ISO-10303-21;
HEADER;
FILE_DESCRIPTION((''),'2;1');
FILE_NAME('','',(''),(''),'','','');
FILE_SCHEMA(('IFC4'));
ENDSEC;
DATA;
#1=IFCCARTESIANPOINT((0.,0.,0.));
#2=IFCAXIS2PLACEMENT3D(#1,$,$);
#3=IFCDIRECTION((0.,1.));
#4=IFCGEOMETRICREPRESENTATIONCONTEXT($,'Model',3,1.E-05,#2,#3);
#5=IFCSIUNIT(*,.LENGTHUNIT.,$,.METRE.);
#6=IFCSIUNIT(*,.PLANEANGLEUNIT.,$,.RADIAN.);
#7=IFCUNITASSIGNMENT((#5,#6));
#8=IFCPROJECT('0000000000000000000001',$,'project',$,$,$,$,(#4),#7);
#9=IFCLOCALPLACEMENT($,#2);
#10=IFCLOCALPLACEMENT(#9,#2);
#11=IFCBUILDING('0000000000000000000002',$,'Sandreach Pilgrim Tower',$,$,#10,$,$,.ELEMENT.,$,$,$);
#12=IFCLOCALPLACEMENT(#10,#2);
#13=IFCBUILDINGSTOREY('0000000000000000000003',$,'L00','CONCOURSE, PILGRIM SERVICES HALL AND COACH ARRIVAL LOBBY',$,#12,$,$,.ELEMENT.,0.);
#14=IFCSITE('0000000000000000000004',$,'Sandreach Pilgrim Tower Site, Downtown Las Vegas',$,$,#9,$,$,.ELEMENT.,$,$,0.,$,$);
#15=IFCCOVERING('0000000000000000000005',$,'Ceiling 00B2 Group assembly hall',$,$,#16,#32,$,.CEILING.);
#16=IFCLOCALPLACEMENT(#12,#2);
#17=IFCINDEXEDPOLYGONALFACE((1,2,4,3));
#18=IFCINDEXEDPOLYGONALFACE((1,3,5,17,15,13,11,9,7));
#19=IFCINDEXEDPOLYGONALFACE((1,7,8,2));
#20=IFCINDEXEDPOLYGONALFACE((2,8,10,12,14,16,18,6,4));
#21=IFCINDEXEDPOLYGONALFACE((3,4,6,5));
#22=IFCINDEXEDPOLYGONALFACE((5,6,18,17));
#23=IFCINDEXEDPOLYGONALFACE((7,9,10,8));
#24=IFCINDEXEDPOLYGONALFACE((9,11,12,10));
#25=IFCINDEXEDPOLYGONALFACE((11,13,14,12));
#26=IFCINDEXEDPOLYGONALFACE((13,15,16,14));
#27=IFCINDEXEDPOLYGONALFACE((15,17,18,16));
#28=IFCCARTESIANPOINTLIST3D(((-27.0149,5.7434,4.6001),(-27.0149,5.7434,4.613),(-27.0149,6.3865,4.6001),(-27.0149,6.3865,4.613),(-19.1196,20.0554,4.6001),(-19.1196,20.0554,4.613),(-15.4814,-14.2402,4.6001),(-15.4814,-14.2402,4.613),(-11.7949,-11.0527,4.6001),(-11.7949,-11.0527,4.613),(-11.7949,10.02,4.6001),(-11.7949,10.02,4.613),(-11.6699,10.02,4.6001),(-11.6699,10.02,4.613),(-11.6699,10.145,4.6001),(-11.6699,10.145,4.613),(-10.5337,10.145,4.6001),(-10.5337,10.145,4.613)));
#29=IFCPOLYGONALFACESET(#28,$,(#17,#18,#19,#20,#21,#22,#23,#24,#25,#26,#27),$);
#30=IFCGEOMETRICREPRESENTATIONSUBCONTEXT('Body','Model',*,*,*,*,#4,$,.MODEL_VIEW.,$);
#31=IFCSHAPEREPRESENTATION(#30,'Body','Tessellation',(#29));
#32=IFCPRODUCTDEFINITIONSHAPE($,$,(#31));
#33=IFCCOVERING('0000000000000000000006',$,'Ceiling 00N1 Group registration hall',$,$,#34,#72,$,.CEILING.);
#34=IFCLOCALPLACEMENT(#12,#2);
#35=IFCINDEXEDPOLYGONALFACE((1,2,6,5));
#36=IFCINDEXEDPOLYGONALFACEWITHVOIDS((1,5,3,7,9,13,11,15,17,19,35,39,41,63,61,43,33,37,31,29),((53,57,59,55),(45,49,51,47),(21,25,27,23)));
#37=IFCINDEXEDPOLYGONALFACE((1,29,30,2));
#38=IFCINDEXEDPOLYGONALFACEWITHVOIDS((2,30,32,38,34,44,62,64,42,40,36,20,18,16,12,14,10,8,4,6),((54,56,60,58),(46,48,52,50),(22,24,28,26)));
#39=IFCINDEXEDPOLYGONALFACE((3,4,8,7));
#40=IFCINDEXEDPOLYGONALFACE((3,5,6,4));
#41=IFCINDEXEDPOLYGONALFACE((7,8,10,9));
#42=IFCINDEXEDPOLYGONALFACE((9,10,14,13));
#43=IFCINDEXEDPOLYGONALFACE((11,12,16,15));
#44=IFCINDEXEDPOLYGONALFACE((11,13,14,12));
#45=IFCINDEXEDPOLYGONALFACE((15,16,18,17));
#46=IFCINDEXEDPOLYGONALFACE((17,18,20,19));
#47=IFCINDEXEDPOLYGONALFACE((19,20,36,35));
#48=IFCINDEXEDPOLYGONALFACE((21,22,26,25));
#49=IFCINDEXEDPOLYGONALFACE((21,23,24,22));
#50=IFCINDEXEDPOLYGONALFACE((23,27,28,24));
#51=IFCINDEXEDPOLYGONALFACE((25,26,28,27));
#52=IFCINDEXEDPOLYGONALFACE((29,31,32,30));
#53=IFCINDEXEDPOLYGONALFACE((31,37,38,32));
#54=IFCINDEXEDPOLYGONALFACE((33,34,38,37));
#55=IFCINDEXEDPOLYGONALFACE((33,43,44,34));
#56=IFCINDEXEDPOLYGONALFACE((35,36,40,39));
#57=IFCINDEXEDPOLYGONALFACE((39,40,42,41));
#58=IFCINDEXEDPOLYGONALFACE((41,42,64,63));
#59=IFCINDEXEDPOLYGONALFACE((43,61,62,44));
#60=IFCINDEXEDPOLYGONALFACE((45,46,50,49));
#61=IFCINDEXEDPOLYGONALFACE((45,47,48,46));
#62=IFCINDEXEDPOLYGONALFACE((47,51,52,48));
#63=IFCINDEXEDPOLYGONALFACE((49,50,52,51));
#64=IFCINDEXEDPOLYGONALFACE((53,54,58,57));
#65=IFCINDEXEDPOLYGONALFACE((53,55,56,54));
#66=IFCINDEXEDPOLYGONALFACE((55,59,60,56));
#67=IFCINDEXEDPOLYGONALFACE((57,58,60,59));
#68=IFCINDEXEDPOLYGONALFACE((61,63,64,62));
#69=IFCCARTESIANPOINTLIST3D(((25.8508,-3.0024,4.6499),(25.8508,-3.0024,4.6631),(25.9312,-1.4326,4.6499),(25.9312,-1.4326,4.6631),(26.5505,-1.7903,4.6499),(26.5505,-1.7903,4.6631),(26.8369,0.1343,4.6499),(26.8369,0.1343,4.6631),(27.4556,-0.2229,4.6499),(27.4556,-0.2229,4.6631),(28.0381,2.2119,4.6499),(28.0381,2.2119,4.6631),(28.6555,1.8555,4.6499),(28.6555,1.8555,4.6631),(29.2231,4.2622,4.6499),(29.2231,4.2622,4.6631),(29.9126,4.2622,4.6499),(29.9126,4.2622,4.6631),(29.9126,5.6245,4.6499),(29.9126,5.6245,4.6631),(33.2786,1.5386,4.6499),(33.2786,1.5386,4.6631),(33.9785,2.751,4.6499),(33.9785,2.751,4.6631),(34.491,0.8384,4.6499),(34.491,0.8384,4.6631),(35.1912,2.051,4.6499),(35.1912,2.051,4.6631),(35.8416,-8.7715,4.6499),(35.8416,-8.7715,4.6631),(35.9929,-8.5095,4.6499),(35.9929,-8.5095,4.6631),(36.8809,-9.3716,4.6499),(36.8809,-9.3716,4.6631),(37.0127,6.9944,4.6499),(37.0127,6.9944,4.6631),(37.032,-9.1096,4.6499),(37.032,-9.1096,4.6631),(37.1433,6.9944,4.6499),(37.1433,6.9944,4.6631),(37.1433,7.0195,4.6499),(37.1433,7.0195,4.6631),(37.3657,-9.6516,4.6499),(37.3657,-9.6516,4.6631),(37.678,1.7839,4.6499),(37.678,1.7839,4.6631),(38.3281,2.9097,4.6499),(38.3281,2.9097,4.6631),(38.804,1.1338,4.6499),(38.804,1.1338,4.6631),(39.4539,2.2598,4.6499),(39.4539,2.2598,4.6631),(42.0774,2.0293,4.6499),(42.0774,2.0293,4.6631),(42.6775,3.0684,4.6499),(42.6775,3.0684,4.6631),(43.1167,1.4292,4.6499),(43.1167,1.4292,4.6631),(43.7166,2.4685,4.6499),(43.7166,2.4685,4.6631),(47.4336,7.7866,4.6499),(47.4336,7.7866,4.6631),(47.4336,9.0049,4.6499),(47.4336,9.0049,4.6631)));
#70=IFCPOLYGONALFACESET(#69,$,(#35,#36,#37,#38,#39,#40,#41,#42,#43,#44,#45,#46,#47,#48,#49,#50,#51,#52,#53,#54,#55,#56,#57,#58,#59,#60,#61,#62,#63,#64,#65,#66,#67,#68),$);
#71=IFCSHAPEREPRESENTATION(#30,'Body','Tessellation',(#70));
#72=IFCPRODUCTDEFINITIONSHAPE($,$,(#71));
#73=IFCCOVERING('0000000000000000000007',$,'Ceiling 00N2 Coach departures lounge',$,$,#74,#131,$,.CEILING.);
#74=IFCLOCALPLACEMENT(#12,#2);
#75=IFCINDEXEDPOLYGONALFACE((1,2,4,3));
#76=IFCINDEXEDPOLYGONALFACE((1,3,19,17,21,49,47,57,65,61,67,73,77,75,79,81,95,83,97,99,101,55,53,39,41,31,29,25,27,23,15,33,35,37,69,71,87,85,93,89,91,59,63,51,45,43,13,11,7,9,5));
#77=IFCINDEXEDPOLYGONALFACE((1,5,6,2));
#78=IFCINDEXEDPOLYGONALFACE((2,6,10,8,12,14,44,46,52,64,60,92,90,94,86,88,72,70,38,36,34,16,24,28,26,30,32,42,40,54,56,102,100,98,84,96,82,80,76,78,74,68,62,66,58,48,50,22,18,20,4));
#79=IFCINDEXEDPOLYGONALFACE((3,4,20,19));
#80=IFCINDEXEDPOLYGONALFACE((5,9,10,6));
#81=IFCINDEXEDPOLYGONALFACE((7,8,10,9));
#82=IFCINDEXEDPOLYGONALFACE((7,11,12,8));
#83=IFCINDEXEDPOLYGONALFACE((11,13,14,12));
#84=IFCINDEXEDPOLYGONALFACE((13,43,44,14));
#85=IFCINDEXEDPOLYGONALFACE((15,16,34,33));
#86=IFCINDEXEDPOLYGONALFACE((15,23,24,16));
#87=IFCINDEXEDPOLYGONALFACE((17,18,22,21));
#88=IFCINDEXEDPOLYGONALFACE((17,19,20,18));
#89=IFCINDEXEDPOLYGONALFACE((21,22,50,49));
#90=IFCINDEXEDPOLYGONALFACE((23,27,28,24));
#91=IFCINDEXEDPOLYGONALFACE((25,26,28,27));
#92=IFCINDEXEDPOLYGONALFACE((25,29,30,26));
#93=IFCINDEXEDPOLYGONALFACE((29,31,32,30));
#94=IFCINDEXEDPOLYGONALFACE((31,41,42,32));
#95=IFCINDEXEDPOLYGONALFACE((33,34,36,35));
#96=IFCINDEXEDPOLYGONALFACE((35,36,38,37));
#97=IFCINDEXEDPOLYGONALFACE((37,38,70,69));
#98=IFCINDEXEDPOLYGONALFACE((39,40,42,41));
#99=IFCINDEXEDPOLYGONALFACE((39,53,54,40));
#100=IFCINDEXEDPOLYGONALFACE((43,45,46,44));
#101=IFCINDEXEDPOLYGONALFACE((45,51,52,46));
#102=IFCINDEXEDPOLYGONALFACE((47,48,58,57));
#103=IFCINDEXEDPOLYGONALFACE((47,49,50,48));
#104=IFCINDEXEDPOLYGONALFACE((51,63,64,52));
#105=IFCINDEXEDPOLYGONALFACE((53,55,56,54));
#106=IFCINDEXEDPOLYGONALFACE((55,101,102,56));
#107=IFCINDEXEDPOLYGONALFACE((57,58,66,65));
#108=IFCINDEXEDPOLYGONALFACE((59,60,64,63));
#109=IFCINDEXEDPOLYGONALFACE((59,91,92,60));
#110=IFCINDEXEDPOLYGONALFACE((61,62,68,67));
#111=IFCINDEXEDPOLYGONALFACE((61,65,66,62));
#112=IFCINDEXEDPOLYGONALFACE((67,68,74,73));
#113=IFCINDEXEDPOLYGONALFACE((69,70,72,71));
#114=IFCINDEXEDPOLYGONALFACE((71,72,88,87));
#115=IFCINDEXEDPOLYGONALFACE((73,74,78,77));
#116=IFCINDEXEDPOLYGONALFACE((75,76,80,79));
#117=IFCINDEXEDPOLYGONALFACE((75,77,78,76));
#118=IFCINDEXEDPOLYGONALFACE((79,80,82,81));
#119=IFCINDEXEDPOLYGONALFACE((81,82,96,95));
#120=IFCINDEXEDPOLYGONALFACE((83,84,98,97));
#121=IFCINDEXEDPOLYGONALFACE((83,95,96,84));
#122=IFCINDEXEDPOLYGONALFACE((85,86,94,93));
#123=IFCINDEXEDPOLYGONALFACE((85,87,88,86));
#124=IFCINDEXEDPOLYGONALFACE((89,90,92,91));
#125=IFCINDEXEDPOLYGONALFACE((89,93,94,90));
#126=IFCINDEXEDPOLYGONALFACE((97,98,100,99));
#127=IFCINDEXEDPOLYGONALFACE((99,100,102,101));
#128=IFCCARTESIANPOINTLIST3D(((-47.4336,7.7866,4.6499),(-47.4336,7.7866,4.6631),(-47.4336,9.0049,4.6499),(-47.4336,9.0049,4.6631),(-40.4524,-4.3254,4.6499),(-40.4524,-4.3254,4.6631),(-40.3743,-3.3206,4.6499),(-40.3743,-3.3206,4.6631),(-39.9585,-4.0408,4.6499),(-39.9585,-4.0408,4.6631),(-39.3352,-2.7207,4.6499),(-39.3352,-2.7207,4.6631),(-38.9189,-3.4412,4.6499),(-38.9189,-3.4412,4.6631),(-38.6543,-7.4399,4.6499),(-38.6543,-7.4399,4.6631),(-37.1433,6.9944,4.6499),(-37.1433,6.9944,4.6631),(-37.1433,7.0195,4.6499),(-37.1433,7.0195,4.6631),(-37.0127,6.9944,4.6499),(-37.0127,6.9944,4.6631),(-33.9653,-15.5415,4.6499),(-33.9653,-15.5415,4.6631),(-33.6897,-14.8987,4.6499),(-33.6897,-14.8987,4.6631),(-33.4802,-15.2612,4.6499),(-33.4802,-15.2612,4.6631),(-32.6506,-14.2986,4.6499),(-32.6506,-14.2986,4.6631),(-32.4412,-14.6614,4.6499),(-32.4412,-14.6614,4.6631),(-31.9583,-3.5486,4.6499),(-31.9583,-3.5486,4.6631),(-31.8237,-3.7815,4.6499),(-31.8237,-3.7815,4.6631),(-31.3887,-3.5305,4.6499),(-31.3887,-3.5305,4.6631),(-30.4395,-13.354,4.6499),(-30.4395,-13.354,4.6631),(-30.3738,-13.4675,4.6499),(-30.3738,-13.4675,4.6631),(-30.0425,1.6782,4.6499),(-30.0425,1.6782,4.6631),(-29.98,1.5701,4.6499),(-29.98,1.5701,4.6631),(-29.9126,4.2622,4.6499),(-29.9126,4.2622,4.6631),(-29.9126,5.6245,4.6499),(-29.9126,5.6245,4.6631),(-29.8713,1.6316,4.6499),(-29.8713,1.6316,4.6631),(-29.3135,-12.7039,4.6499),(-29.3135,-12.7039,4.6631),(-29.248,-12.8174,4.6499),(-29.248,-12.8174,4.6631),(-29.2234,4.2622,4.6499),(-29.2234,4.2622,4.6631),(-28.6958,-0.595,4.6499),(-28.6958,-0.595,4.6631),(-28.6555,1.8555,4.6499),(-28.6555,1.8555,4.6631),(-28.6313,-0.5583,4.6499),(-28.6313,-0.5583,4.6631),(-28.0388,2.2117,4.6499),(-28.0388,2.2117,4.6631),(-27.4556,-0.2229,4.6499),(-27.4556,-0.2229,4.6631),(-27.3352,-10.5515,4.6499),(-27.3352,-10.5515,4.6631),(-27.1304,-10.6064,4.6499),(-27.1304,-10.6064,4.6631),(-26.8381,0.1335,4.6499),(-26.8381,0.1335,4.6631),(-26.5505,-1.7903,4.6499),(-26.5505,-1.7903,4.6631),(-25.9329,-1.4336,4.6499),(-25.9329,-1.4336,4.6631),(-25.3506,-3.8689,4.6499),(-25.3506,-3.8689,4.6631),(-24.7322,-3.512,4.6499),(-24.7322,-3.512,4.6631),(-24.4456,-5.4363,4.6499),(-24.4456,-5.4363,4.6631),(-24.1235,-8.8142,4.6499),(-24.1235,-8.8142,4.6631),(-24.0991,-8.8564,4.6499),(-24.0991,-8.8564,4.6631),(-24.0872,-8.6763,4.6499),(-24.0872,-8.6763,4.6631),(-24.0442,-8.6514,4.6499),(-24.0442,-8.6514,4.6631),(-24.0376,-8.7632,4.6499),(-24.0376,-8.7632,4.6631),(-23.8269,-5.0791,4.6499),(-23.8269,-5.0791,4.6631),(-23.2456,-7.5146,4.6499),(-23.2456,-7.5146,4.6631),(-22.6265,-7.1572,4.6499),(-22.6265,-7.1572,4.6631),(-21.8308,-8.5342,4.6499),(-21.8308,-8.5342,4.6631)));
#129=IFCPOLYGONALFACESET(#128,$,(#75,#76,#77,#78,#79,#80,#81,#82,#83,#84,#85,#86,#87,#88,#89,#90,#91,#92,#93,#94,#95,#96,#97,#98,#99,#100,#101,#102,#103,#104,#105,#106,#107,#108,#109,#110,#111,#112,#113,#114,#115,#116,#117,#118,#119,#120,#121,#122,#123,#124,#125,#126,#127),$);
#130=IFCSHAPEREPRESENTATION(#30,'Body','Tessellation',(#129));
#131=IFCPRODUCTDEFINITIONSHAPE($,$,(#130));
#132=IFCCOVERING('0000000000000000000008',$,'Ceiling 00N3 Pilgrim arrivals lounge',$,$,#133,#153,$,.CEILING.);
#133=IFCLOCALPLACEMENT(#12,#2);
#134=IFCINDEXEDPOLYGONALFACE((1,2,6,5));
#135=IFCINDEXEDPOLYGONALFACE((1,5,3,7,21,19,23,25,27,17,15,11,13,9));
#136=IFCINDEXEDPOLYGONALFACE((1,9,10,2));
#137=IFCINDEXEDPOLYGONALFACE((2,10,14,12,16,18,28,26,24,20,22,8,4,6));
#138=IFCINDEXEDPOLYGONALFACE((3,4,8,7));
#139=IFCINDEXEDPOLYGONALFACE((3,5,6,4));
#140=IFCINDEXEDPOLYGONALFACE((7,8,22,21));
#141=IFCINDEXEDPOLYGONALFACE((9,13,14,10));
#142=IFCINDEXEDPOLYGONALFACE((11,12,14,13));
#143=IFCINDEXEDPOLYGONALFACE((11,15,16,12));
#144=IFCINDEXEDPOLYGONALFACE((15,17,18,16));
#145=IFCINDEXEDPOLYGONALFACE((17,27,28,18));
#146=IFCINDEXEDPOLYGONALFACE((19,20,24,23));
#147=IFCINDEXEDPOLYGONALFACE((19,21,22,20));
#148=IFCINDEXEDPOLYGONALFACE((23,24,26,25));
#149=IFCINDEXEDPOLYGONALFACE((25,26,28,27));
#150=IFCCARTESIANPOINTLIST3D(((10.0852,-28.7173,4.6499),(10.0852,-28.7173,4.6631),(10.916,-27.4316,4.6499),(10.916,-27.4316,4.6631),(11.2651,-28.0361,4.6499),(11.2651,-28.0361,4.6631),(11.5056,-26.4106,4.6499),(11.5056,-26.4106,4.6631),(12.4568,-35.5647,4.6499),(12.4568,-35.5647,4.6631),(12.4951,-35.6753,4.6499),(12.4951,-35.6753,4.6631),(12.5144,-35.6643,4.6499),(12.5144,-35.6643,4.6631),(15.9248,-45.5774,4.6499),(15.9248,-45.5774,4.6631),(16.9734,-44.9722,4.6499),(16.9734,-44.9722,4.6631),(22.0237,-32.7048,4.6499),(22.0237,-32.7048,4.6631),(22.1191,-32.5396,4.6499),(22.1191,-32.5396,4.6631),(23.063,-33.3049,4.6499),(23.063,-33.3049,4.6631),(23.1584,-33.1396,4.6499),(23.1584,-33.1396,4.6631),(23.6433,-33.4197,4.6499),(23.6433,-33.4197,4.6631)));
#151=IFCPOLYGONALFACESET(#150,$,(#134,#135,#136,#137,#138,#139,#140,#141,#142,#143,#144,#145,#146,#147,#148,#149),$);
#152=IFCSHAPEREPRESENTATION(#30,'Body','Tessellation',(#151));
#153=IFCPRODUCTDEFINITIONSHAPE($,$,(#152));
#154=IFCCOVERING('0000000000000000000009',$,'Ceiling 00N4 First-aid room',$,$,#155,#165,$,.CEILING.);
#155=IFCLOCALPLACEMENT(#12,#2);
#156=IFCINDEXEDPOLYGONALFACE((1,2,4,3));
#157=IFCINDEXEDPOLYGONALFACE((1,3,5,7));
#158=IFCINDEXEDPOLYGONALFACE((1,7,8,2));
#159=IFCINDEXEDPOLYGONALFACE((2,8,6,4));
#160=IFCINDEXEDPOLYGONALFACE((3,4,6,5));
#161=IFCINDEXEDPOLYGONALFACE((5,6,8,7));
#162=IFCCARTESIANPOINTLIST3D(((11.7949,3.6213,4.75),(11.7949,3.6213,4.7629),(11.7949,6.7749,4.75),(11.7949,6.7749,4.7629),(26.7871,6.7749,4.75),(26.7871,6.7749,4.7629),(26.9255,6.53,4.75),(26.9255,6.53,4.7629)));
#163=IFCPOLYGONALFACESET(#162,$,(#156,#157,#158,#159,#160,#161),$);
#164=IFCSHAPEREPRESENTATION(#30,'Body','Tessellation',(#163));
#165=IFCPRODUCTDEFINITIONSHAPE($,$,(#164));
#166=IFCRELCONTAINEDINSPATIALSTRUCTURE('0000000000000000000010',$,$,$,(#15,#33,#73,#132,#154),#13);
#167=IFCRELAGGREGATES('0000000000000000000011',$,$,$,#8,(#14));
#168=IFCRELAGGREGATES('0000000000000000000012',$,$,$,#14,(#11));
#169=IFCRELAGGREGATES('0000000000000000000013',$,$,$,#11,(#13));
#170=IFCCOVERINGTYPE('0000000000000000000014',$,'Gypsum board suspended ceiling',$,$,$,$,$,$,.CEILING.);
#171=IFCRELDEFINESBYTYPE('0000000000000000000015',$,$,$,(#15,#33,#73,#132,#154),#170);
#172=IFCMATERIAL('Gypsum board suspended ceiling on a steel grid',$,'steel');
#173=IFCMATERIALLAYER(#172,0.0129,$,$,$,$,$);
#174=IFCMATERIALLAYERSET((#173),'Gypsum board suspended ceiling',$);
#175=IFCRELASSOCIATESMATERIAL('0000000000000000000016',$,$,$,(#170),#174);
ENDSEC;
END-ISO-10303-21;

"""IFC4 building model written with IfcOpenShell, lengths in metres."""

from ifc_helpers import new_model, si_unit, direction, frame, origin, place, context, subcontext, project, spatial, polyline, outline, extrude, material, layer, layer_set, type_object, element, save


model = new_model("IFC4")

# Units and contexts
model_context = context("Model", 3, precision=1e-05, world=origin(), true_north=direction((0.0, 1.0)))
body_context = subcontext(model_context, "Body", "Model", "MODEL_VIEW")
ifc_project = project(units=[si_unit("LENGTHUNIT", "METRE"), si_unit("PLANEANGLEUNIT", "RADIAN")], contexts=[model_context])

# Site, building, storey
site_placement = place(None, origin())
site = spatial("IfcSite", under=ifc_project, at=site_placement, Name="Sandreach Pilgrim Tower Site, Downtown Las Vegas", CompositionType="ELEMENT", RefElevation=0.0)
building_placement = place(site_placement, origin())
building = spatial("IfcBuilding", under=site, at=building_placement, Name="Sandreach Pilgrim Tower", CompositionType="ELEMENT")
storey_placement = place(building_placement, origin())
storey = spatial("IfcBuildingStorey", under=building, at=storey_placement, Name="L00", Description="CONCOURSE, PILGRIM SERVICES HALL AND COACH ARRIVAL LOBBY", CompositionType="ELEMENT", Elevation=0.0)

# Coverings
ifc_material_1 = material(Name="Gypsum board suspended ceiling on a steel grid", Category="steel")
ifc_layer_1 = layer(ifc_material_1, 0.0129)
ifc_layer_set_1 = layer_set([ifc_layer_1], Name="Gypsum board suspended ceiling")
covering_type_1 = type_object("IfcCoveringType", Name="Gypsum board suspended ceiling", PredefinedType="CEILING", material=ifc_layer_set_1)
covering_1_placement = place(storey_placement, frame((0.0, 0.0, 4.6001)))
element("IfcCovering", 1, at=covering_1_placement, inside=storey, type_object=covering_type_1, Name="Ceiling 00B2 Group assembly hall", PredefinedType="CEILING", context=body_context, shape_type="SweptSolid", body=[
    extrude(outline(polyline([(-11.7949, -11.0527), (-15.4814, -14.2402), (-27.0149, 5.7434), (-27.0149, 6.3865), (-19.1196, 20.0554), (-10.5337, 10.145), (-11.6699, 10.145), (-11.6699, 10.02), (-11.7949, 10.02), (-11.7949, -11.0527)])), origin(), (0.0, 0.0, 1.0), 0.0129),
])
covering_2_placement = place(storey_placement, frame((0.0, 0.0, 4.6499)))
element("IfcCovering", 2, at=covering_2_placement, inside=storey, type_object=covering_type_1, Name="Ceiling 00N1 Group registration hall", PredefinedType="CEILING", context=body_context, shape_type="SweptSolid", body=[
    extrude(outline(polyline([(26.5505, -1.7903), (25.9312, -1.4326), (26.8369, 0.1343), (27.4556, -0.2229), (28.6555, 1.8555), (28.0381, 2.2119), (29.2231, 4.2622), (29.9126, 4.2622), (29.9126, 5.6245), (37.0127, 6.9944), (37.1433, 6.9944), (37.1433, 7.0195), (47.4336, 9.0049), (47.4336, 7.7866), (37.3657, -9.6516), (36.8809, -9.3716), (37.032, -9.1096), (35.9929, -8.5095), (35.8416, -8.7715), (25.8508, -3.0024), (26.5505, -1.7903)]), holes=[polyline([(39.4539, 2.2598), (38.3281, 2.9097), (37.678, 1.7839), (38.804, 1.1338), (39.4539, 2.2598)]), polyline([(34.491, 0.8384), (35.1912, 2.051), (33.9785, 2.751), (33.2786, 1.5386), (34.491, 0.8384)]), polyline([(42.6775, 3.0684), (42.0774, 2.0293), (43.1167, 1.4292), (43.7166, 2.4685), (42.6775, 3.0684)])]), origin(), (0.0, 0.0, 1.0), 0.0132),
])
covering_3_placement = place(storey_placement, frame((0.0, 0.0, 4.6499)))
element("IfcCovering", 3, at=covering_3_placement, inside=storey, type_object=covering_type_1, Name="Ceiling 00N2 Coach departures lounge", PredefinedType="CEILING", context=body_context, shape_type="SweptSolid", body=[
    extrude(outline(polyline([(-47.4336, 7.7866), (-47.4336, 9.0049), (-37.1433, 7.0195), (-37.1433, 6.9944), (-37.0127, 6.9944), (-29.9126, 5.6245), (-29.9126, 4.2622), (-29.2234, 4.2622), (-28.0388, 2.2117), (-28.6555, 1.8555), (-27.4556, -0.2229), (-26.8381, 0.1335), (-25.9329, -1.4336), (-26.5505, -1.7903), (-25.3506, -3.8689), (-24.7322, -3.512), (-23.8269, -5.0791), (-24.4456, -5.4363), (-23.2456, -7.5146), (-22.6265, -7.1572), (-21.8308, -8.5342), (-29.248, -12.8174), (-29.3135, -12.7039), (-30.4395, -13.354), (-30.3738, -13.4675), (-32.4412, -14.6614), (-32.6506, -14.2986), (-33.6897, -14.8987), (-33.4802, -15.2612), (-33.9653, -15.5415), (-38.6543, -7.4399), (-31.9583, -3.5486), (-31.8237, -3.7815), (-31.3887, -3.5305), (-27.3352, -10.5515), (-27.1304, -10.6064), (-24.0991, -8.8564), (-24.1235, -8.8142), (-24.0376, -8.7632), (-24.0872, -8.6763), (-24.0442, -8.6514), (-28.6958, -0.595), (-28.6313, -0.5583), (-29.8713, 1.6316), (-29.98, 1.5701), (-30.0425, 1.6782), (-38.9189, -3.4412), (-39.3352, -2.7207), (-40.3743, -3.3206), (-39.9585, -4.0408), (-40.4524, -4.3254), (-47.4336, 7.7866)])), origin(), (0.0, 0.0, 1.0), 0.0132),
])
covering_4_placement = place(storey_placement, frame((0.0, 0.0, 4.6499)))
element("IfcCovering", 4, at=covering_4_placement, inside=storey, type_object=covering_type_1, Name="Ceiling 00N3 Pilgrim arrivals lounge", PredefinedType="CEILING", context=body_context, shape_type="SweptSolid", body=[
    extrude(outline(polyline([(10.916, -27.4316), (11.5056, -26.4106), (22.1191, -32.5396), (22.0237, -32.7048), (23.063, -33.3049), (23.1584, -33.1396), (23.6433, -33.4197), (16.9734, -44.9722), (15.9248, -45.5774), (12.4951, -35.6753), (12.5144, -35.6643), (12.4568, -35.5647), (10.0852, -28.7173), (11.2651, -28.0361), (10.916, -27.4316)])), origin(), (0.0, 0.0, 1.0), 0.0132),
])
covering_5_placement = place(storey_placement, frame((0.0, 0.0, 4.75)))
element("IfcCovering", 5, at=covering_5_placement, inside=storey, type_object=covering_type_1, Name="Ceiling 00N4 First-aid room", PredefinedType="CEILING", context=body_context, shape_type="SweptSolid", body=[
    extrude(outline(polyline([(11.7949, 6.7749), (26.7871, 6.7749), (26.9255, 6.53), (11.7949, 3.6213), (11.7949, 6.7749)])), origin(), (0.0, 0.0, 1.0), 0.0129),
])

save(model, "model.ifc")
